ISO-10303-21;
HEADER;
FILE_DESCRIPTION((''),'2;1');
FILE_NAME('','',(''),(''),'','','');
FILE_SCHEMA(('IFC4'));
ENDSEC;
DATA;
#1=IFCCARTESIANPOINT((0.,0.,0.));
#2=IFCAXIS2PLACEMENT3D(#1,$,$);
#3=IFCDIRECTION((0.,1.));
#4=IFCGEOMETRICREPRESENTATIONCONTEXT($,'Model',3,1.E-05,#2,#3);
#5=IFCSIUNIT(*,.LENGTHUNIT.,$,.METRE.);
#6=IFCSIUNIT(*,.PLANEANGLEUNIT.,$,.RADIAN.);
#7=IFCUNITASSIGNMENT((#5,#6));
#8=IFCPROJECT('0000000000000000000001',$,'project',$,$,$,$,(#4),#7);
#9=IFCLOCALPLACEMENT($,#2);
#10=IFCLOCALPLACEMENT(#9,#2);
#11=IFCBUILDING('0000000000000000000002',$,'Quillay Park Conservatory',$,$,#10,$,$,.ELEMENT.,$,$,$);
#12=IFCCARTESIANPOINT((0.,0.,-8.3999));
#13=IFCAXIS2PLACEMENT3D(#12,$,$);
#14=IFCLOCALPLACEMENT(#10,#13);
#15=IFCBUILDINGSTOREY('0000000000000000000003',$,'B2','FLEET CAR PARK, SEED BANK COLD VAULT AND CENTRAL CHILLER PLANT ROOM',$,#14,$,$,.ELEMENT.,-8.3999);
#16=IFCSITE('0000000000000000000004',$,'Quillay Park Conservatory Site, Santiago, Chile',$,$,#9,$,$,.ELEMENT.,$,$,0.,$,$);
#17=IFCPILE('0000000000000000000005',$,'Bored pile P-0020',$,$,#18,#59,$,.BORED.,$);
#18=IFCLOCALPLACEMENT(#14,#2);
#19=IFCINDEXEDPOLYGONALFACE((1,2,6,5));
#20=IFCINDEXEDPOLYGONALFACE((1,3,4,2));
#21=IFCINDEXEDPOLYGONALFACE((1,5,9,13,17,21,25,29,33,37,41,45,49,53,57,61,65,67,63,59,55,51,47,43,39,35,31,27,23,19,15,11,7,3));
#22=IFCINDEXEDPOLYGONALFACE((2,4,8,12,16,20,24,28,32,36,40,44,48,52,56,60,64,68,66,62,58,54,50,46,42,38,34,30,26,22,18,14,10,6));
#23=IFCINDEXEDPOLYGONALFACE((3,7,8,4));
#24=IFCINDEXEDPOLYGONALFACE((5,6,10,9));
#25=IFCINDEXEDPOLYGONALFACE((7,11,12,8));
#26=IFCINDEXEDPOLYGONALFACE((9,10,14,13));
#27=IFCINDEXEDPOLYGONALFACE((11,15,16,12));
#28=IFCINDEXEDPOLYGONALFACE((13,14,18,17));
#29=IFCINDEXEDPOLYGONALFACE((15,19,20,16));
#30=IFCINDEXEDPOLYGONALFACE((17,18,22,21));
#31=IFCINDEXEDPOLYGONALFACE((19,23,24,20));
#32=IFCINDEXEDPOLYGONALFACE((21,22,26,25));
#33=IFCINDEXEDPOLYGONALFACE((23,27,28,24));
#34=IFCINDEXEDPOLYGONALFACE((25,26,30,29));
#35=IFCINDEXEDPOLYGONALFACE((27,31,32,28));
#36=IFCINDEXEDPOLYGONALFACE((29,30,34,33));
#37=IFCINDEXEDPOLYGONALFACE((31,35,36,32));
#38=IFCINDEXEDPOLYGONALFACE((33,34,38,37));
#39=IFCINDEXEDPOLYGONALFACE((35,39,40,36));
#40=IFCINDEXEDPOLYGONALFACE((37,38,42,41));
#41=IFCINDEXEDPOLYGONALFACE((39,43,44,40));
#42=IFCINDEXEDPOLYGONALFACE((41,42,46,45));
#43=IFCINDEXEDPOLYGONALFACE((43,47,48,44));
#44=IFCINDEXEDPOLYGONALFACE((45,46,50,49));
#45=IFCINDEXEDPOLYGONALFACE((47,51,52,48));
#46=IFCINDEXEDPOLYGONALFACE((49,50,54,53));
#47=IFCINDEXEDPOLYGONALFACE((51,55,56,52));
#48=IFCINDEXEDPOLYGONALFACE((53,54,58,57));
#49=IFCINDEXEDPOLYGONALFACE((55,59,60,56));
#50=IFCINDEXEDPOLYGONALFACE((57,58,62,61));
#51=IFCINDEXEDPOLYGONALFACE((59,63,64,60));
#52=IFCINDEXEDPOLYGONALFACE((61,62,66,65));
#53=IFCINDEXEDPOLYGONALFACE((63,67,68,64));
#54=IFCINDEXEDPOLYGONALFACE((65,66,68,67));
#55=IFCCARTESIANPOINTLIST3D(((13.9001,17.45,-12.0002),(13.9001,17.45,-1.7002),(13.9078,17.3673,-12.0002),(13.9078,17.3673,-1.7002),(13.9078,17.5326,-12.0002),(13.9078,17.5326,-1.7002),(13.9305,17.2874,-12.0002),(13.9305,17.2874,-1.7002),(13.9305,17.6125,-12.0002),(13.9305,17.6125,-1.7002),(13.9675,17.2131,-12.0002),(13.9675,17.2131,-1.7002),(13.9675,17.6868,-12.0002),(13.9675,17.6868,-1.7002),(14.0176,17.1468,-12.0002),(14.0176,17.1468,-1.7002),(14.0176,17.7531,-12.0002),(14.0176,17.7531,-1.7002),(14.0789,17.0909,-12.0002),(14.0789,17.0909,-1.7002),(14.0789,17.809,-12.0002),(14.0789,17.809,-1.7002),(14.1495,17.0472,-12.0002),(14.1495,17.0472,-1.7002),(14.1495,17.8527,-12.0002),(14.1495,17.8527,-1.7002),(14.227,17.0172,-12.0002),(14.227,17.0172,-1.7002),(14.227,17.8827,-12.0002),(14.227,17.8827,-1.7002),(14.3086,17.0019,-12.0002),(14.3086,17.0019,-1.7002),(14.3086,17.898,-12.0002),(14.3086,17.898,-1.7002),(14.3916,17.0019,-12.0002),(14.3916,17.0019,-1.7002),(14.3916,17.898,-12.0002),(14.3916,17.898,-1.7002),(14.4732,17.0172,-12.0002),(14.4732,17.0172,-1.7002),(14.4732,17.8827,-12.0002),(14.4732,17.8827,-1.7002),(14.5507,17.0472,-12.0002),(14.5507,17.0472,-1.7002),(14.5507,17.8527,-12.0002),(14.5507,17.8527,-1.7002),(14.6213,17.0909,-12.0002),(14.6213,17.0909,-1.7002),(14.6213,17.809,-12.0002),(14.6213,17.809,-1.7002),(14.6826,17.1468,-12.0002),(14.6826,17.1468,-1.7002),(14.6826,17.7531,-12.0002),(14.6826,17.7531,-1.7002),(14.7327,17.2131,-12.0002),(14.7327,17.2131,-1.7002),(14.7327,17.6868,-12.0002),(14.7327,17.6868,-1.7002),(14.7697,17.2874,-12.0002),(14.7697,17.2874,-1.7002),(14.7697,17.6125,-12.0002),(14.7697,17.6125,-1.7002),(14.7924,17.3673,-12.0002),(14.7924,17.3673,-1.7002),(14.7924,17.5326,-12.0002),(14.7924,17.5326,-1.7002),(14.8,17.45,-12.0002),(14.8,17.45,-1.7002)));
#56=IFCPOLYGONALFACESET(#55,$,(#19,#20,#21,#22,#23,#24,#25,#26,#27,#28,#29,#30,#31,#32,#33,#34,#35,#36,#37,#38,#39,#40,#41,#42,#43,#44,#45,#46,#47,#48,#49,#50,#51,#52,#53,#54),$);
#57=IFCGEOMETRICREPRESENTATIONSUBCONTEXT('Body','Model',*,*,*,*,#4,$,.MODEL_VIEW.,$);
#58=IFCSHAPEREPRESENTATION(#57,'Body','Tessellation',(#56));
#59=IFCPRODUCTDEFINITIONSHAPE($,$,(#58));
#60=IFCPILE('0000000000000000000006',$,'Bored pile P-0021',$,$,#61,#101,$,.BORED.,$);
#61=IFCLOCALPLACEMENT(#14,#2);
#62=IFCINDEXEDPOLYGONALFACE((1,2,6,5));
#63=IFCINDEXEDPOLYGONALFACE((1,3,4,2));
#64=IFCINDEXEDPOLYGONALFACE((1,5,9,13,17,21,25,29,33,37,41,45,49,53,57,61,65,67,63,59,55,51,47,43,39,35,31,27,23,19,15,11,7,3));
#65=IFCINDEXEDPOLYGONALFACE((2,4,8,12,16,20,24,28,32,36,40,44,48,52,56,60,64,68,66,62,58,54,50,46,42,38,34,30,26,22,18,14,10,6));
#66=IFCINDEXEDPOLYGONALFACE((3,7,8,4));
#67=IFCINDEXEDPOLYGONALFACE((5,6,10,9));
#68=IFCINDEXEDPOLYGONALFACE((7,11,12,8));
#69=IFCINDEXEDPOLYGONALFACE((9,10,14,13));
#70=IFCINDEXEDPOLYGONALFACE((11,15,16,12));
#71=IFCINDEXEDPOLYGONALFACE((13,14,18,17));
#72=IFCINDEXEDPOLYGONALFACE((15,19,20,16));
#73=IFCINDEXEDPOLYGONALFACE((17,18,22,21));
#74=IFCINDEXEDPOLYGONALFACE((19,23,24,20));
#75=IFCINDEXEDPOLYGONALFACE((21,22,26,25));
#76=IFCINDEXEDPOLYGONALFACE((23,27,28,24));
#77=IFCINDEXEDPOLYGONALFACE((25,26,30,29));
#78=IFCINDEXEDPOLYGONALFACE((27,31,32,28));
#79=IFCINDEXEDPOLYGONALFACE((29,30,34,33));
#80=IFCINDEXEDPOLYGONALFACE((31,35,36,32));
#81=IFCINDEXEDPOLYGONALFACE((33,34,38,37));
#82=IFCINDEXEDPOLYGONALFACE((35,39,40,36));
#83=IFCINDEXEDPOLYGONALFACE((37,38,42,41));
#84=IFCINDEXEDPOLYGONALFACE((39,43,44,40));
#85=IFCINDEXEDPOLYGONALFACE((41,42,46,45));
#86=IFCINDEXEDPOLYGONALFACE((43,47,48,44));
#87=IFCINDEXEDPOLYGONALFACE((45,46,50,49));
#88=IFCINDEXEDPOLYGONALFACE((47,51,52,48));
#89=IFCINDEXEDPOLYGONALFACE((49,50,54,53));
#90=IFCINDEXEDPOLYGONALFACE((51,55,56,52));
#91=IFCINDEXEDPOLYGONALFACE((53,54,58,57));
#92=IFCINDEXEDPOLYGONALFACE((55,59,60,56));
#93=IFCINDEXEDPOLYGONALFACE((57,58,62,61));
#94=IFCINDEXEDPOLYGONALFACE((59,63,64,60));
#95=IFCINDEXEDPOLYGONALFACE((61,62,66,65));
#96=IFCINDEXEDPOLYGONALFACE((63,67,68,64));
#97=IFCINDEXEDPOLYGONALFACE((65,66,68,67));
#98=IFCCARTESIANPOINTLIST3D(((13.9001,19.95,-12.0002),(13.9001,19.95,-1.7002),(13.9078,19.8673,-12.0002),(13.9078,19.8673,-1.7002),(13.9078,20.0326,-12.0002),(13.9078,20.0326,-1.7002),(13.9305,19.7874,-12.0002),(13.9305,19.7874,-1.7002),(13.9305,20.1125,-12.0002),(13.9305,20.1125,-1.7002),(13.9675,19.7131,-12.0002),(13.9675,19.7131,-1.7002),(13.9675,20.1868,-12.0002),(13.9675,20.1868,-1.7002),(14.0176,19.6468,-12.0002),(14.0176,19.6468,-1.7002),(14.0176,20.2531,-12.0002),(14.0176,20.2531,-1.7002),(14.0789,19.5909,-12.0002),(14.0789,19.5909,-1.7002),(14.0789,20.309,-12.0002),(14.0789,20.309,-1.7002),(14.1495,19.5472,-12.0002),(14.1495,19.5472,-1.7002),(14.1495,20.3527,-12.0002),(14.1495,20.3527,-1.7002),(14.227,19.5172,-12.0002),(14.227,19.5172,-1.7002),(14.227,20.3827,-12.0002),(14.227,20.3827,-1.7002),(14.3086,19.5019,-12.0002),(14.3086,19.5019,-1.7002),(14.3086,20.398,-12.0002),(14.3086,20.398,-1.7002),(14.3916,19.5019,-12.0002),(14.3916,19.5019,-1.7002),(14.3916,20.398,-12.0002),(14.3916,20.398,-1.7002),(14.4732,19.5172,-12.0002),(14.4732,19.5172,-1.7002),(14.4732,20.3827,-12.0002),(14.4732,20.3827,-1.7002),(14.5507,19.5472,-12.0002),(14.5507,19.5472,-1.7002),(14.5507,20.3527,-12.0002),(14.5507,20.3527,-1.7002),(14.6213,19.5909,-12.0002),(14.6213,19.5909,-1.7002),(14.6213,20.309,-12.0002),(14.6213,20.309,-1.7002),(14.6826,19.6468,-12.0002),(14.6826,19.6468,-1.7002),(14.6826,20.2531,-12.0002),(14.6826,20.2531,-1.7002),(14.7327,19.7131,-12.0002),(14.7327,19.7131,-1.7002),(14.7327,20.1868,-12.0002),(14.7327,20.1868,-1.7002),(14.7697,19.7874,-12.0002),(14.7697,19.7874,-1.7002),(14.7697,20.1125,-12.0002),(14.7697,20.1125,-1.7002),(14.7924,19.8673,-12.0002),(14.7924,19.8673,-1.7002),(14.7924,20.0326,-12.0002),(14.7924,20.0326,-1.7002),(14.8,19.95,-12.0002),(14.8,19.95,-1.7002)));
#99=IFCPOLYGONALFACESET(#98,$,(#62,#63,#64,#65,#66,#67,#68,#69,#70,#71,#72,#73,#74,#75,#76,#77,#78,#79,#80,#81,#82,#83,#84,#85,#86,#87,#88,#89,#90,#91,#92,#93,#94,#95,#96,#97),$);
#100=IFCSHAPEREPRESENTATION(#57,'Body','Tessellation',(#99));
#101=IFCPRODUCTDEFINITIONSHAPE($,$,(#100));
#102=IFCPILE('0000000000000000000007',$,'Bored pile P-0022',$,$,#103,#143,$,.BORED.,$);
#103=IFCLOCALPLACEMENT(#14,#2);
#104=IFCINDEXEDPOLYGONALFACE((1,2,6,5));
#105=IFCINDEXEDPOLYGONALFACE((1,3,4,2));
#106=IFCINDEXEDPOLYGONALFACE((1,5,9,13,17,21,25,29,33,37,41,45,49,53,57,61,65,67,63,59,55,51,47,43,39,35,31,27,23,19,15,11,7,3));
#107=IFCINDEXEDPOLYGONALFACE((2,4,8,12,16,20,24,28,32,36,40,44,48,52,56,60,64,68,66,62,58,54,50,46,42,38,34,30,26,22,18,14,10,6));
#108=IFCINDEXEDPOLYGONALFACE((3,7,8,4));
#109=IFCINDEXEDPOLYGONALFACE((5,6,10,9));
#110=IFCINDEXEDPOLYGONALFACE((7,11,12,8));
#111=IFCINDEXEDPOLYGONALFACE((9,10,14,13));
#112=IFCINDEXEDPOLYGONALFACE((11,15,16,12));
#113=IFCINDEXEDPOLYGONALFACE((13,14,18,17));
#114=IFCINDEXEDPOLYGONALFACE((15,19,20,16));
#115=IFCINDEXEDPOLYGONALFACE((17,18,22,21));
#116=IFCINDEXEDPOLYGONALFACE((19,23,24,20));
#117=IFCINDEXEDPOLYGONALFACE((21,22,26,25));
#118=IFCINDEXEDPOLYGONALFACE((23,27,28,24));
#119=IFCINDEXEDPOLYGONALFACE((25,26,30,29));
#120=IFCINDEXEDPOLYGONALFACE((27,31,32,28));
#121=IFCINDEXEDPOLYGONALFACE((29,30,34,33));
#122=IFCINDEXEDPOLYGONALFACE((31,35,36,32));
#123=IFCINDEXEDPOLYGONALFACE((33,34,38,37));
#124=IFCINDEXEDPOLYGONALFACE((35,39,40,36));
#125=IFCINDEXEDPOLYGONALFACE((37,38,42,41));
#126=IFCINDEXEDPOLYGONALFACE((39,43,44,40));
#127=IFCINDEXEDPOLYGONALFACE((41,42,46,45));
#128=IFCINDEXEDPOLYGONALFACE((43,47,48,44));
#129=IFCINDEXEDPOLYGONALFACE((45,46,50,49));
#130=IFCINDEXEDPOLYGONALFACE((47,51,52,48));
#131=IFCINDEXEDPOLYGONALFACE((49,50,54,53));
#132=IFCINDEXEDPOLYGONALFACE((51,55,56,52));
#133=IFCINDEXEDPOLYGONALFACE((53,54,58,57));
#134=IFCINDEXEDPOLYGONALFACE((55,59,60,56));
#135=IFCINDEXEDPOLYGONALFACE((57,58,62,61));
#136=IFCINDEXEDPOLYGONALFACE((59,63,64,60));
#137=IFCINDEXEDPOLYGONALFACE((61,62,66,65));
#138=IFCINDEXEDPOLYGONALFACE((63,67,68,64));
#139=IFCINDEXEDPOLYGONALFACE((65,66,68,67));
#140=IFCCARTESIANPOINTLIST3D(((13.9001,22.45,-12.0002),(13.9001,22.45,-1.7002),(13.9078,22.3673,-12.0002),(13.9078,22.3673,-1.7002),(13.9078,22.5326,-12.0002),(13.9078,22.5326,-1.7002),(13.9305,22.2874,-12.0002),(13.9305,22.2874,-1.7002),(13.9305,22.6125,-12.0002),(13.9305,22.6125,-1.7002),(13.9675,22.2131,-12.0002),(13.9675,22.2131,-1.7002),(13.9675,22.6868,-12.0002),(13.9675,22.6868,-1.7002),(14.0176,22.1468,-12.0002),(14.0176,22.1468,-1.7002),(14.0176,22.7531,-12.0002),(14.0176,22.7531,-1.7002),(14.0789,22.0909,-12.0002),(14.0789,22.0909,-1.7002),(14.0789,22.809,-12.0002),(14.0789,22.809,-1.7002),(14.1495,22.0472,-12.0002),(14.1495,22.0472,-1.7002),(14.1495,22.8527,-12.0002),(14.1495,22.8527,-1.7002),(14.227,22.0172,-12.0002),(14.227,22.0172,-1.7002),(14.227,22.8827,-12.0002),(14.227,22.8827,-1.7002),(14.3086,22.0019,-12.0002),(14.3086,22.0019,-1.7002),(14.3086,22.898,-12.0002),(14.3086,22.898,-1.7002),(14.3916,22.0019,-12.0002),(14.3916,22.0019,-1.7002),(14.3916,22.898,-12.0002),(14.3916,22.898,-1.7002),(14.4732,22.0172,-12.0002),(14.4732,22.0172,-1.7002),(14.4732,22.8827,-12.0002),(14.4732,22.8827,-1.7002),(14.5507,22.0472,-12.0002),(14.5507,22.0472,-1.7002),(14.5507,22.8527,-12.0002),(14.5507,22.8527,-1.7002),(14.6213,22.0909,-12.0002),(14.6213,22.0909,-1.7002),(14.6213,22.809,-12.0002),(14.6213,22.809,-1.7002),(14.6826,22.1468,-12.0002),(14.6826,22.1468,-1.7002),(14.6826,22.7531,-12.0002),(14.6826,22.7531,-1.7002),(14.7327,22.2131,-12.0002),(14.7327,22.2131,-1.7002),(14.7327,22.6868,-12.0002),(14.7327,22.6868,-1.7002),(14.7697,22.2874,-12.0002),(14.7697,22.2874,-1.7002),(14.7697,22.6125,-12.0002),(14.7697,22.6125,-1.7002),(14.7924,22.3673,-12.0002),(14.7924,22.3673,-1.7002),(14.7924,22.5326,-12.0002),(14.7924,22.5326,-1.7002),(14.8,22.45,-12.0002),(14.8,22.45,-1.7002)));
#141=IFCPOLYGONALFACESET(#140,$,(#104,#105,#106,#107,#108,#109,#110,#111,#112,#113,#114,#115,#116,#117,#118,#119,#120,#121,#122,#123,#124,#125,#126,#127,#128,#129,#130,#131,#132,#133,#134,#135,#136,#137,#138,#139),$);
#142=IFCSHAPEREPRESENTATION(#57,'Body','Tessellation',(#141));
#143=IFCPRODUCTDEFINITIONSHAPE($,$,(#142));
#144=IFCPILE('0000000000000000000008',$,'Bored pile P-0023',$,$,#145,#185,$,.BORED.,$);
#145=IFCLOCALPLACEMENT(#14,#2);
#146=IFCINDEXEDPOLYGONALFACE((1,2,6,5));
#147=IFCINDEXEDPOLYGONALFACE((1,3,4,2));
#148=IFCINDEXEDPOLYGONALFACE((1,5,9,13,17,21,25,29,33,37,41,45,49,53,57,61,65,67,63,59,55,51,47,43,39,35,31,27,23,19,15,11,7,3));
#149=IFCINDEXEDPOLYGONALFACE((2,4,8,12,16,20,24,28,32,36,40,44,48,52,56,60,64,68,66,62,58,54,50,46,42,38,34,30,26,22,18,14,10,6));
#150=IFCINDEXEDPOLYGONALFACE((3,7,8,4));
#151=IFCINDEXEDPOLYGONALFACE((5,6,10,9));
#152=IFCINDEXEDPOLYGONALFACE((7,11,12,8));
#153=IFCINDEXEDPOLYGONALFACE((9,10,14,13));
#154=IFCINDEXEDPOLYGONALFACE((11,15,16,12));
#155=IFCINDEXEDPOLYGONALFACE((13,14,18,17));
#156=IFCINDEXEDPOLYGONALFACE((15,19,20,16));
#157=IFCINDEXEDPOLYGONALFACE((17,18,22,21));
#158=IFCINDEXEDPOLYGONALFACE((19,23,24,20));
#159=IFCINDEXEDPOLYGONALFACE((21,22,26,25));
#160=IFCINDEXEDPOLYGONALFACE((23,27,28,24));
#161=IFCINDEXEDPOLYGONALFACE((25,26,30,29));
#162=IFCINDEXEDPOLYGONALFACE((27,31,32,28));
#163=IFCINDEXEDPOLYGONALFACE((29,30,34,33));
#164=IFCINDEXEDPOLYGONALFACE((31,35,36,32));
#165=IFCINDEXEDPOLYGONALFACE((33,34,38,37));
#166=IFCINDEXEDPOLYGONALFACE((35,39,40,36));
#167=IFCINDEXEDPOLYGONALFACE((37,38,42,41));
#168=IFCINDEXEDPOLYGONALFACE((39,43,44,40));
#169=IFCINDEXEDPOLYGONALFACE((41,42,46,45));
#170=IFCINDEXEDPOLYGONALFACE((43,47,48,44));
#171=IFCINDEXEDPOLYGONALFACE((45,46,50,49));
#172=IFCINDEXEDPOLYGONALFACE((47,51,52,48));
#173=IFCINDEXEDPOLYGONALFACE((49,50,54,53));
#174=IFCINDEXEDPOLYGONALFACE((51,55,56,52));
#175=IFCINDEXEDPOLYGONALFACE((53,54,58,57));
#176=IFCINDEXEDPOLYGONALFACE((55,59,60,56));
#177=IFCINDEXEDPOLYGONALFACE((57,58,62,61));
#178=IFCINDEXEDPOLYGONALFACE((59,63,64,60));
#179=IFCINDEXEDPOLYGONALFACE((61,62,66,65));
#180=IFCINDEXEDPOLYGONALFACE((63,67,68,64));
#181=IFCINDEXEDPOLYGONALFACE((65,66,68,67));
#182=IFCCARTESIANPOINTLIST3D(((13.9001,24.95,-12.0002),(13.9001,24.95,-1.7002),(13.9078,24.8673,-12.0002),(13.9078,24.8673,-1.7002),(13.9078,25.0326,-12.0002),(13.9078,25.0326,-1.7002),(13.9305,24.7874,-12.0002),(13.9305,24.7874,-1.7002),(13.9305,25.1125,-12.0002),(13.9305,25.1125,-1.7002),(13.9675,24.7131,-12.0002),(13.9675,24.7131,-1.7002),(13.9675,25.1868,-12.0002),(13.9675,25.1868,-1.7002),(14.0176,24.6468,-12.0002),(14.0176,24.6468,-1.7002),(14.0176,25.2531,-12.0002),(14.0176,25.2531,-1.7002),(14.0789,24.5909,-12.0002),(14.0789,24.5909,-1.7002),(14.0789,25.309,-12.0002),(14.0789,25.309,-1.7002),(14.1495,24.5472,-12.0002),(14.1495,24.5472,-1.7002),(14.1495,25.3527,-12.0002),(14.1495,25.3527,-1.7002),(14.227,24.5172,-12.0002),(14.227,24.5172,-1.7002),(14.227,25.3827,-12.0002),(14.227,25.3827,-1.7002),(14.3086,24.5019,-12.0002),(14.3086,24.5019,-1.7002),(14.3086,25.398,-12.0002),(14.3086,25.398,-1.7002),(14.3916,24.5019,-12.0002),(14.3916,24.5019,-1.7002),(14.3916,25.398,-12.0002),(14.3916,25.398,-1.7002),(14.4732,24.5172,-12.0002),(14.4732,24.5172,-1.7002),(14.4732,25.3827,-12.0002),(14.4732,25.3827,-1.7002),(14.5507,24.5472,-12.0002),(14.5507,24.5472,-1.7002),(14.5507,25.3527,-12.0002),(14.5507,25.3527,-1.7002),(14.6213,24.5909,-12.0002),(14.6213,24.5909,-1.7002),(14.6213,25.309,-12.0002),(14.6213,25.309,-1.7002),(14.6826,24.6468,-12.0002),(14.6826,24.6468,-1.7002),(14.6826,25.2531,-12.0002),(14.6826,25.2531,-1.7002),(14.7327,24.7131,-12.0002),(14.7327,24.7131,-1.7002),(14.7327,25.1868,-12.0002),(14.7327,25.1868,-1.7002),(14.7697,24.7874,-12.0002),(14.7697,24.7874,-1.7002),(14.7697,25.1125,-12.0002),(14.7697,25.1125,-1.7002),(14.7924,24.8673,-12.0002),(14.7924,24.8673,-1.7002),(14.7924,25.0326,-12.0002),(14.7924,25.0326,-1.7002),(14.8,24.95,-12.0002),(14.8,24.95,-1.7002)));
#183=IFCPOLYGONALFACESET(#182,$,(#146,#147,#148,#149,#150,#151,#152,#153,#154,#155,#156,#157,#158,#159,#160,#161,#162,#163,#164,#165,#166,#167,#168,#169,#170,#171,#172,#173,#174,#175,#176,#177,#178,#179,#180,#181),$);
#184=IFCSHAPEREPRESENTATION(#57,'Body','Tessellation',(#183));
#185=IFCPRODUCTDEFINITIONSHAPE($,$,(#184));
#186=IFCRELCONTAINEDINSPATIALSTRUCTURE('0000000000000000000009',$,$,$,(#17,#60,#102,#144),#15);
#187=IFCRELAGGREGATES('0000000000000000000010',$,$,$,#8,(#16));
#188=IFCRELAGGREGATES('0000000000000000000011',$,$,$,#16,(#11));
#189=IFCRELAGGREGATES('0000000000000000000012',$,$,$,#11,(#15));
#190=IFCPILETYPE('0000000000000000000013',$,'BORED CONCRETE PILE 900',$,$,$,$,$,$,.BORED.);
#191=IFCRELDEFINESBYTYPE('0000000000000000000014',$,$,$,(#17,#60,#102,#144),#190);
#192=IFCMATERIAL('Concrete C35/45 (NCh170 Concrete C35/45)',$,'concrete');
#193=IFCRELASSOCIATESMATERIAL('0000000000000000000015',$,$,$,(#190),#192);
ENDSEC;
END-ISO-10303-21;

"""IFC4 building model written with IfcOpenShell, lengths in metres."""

from ifc_helpers import new_model, si_unit, direction, frame, origin, origin_2d, place, context, subcontext, project, spatial, circle, extrude, material, material_profile, profile_set, type_object, element, save


model = new_model("IFC4")

# Units and contexts
model_context = context("Model", 3, precision=1e-05, world=origin(), true_north=direction((0.0, 1.0)))
body_context = subcontext(model_context, "Body", "Model", "MODEL_VIEW")
ifc_project = project(units=[si_unit("LENGTHUNIT", "METRE"), si_unit("PLANEANGLEUNIT", "RADIAN")], contexts=[model_context])

# Site, building, storey
site_placement = place(None, origin())
site = spatial("IfcSite", under=ifc_project, at=site_placement, Name="Quillay Park Conservatory Site, Santiago, Chile", CompositionType="ELEMENT", RefElevation=0.0)
building_placement = place(site_placement, origin())
building = spatial("IfcBuilding", under=site, at=building_placement, Name="Quillay Park Conservatory", CompositionType="ELEMENT")
storey_placement = place(building_placement, frame((0.0, 0.0, -8.3999)))
storey = spatial("IfcBuildingStorey", under=building, at=storey_placement, Name="B2", Description="FLEET CAR PARK, SEED BANK COLD VAULT AND CENTRAL CHILLER PLANT ROOM", CompositionType="ELEMENT", Elevation=-8.3999)

# Piles
ifc_material_1 = material(Name="Concrete C35/45 (NCh170 Concrete C35/45)", Category="concrete")
ifc_material_profile_1 = material_profile(ifc_material_1, circle(Radius=0.45, at=origin_2d()), Name="PILE900")
ifc_profile_set_1 = profile_set([ifc_material_profile_1], Name="Concrete C35/45 (NCh170 Concrete C35/45)")
pile_type = type_object("IfcPileType", Name="BORED CONCRETE PILE 900", PredefinedType="BORED", material=ifc_profile_set_1)
for number, where, z_axis, x_axis, name in (
    (1, (14.3501, 17.45, -1.7002), (0.0, 0.0, -1.0), (1.0, 0.0, 0.0), "Bored pile P-0020"),
    (2, (14.3501, 19.95, -1.7002), (0.0, 0.0, -1.0), (1.0, 0.0, 0.0), "Bored pile P-0021"),
    (3, (14.3501, 22.45, -1.7002), (0.0, 0.0, -1.0), (1.0, 0.0, 0.0), "Bored pile P-0022"),
    (4, (14.3501, 24.95, -1.7002), (0.0, 0.0, -1.0), (1.0, 0.0, 0.0), "Bored pile P-0023"),
):
    element("IfcPile", number, at=place(storey_placement, frame(where, z_axis=z_axis, x_axis=x_axis)), inside=storey, type_object=pile_type, Name=name, PredefinedType="BORED", context=body_context, shape_type="SweptSolid", body=[
        extrude(circle(Radius=0.45, at=origin_2d()), origin(), (0.0, 0.0, 1.0), 10.3),
    ])

save(model, "model.ifc")
